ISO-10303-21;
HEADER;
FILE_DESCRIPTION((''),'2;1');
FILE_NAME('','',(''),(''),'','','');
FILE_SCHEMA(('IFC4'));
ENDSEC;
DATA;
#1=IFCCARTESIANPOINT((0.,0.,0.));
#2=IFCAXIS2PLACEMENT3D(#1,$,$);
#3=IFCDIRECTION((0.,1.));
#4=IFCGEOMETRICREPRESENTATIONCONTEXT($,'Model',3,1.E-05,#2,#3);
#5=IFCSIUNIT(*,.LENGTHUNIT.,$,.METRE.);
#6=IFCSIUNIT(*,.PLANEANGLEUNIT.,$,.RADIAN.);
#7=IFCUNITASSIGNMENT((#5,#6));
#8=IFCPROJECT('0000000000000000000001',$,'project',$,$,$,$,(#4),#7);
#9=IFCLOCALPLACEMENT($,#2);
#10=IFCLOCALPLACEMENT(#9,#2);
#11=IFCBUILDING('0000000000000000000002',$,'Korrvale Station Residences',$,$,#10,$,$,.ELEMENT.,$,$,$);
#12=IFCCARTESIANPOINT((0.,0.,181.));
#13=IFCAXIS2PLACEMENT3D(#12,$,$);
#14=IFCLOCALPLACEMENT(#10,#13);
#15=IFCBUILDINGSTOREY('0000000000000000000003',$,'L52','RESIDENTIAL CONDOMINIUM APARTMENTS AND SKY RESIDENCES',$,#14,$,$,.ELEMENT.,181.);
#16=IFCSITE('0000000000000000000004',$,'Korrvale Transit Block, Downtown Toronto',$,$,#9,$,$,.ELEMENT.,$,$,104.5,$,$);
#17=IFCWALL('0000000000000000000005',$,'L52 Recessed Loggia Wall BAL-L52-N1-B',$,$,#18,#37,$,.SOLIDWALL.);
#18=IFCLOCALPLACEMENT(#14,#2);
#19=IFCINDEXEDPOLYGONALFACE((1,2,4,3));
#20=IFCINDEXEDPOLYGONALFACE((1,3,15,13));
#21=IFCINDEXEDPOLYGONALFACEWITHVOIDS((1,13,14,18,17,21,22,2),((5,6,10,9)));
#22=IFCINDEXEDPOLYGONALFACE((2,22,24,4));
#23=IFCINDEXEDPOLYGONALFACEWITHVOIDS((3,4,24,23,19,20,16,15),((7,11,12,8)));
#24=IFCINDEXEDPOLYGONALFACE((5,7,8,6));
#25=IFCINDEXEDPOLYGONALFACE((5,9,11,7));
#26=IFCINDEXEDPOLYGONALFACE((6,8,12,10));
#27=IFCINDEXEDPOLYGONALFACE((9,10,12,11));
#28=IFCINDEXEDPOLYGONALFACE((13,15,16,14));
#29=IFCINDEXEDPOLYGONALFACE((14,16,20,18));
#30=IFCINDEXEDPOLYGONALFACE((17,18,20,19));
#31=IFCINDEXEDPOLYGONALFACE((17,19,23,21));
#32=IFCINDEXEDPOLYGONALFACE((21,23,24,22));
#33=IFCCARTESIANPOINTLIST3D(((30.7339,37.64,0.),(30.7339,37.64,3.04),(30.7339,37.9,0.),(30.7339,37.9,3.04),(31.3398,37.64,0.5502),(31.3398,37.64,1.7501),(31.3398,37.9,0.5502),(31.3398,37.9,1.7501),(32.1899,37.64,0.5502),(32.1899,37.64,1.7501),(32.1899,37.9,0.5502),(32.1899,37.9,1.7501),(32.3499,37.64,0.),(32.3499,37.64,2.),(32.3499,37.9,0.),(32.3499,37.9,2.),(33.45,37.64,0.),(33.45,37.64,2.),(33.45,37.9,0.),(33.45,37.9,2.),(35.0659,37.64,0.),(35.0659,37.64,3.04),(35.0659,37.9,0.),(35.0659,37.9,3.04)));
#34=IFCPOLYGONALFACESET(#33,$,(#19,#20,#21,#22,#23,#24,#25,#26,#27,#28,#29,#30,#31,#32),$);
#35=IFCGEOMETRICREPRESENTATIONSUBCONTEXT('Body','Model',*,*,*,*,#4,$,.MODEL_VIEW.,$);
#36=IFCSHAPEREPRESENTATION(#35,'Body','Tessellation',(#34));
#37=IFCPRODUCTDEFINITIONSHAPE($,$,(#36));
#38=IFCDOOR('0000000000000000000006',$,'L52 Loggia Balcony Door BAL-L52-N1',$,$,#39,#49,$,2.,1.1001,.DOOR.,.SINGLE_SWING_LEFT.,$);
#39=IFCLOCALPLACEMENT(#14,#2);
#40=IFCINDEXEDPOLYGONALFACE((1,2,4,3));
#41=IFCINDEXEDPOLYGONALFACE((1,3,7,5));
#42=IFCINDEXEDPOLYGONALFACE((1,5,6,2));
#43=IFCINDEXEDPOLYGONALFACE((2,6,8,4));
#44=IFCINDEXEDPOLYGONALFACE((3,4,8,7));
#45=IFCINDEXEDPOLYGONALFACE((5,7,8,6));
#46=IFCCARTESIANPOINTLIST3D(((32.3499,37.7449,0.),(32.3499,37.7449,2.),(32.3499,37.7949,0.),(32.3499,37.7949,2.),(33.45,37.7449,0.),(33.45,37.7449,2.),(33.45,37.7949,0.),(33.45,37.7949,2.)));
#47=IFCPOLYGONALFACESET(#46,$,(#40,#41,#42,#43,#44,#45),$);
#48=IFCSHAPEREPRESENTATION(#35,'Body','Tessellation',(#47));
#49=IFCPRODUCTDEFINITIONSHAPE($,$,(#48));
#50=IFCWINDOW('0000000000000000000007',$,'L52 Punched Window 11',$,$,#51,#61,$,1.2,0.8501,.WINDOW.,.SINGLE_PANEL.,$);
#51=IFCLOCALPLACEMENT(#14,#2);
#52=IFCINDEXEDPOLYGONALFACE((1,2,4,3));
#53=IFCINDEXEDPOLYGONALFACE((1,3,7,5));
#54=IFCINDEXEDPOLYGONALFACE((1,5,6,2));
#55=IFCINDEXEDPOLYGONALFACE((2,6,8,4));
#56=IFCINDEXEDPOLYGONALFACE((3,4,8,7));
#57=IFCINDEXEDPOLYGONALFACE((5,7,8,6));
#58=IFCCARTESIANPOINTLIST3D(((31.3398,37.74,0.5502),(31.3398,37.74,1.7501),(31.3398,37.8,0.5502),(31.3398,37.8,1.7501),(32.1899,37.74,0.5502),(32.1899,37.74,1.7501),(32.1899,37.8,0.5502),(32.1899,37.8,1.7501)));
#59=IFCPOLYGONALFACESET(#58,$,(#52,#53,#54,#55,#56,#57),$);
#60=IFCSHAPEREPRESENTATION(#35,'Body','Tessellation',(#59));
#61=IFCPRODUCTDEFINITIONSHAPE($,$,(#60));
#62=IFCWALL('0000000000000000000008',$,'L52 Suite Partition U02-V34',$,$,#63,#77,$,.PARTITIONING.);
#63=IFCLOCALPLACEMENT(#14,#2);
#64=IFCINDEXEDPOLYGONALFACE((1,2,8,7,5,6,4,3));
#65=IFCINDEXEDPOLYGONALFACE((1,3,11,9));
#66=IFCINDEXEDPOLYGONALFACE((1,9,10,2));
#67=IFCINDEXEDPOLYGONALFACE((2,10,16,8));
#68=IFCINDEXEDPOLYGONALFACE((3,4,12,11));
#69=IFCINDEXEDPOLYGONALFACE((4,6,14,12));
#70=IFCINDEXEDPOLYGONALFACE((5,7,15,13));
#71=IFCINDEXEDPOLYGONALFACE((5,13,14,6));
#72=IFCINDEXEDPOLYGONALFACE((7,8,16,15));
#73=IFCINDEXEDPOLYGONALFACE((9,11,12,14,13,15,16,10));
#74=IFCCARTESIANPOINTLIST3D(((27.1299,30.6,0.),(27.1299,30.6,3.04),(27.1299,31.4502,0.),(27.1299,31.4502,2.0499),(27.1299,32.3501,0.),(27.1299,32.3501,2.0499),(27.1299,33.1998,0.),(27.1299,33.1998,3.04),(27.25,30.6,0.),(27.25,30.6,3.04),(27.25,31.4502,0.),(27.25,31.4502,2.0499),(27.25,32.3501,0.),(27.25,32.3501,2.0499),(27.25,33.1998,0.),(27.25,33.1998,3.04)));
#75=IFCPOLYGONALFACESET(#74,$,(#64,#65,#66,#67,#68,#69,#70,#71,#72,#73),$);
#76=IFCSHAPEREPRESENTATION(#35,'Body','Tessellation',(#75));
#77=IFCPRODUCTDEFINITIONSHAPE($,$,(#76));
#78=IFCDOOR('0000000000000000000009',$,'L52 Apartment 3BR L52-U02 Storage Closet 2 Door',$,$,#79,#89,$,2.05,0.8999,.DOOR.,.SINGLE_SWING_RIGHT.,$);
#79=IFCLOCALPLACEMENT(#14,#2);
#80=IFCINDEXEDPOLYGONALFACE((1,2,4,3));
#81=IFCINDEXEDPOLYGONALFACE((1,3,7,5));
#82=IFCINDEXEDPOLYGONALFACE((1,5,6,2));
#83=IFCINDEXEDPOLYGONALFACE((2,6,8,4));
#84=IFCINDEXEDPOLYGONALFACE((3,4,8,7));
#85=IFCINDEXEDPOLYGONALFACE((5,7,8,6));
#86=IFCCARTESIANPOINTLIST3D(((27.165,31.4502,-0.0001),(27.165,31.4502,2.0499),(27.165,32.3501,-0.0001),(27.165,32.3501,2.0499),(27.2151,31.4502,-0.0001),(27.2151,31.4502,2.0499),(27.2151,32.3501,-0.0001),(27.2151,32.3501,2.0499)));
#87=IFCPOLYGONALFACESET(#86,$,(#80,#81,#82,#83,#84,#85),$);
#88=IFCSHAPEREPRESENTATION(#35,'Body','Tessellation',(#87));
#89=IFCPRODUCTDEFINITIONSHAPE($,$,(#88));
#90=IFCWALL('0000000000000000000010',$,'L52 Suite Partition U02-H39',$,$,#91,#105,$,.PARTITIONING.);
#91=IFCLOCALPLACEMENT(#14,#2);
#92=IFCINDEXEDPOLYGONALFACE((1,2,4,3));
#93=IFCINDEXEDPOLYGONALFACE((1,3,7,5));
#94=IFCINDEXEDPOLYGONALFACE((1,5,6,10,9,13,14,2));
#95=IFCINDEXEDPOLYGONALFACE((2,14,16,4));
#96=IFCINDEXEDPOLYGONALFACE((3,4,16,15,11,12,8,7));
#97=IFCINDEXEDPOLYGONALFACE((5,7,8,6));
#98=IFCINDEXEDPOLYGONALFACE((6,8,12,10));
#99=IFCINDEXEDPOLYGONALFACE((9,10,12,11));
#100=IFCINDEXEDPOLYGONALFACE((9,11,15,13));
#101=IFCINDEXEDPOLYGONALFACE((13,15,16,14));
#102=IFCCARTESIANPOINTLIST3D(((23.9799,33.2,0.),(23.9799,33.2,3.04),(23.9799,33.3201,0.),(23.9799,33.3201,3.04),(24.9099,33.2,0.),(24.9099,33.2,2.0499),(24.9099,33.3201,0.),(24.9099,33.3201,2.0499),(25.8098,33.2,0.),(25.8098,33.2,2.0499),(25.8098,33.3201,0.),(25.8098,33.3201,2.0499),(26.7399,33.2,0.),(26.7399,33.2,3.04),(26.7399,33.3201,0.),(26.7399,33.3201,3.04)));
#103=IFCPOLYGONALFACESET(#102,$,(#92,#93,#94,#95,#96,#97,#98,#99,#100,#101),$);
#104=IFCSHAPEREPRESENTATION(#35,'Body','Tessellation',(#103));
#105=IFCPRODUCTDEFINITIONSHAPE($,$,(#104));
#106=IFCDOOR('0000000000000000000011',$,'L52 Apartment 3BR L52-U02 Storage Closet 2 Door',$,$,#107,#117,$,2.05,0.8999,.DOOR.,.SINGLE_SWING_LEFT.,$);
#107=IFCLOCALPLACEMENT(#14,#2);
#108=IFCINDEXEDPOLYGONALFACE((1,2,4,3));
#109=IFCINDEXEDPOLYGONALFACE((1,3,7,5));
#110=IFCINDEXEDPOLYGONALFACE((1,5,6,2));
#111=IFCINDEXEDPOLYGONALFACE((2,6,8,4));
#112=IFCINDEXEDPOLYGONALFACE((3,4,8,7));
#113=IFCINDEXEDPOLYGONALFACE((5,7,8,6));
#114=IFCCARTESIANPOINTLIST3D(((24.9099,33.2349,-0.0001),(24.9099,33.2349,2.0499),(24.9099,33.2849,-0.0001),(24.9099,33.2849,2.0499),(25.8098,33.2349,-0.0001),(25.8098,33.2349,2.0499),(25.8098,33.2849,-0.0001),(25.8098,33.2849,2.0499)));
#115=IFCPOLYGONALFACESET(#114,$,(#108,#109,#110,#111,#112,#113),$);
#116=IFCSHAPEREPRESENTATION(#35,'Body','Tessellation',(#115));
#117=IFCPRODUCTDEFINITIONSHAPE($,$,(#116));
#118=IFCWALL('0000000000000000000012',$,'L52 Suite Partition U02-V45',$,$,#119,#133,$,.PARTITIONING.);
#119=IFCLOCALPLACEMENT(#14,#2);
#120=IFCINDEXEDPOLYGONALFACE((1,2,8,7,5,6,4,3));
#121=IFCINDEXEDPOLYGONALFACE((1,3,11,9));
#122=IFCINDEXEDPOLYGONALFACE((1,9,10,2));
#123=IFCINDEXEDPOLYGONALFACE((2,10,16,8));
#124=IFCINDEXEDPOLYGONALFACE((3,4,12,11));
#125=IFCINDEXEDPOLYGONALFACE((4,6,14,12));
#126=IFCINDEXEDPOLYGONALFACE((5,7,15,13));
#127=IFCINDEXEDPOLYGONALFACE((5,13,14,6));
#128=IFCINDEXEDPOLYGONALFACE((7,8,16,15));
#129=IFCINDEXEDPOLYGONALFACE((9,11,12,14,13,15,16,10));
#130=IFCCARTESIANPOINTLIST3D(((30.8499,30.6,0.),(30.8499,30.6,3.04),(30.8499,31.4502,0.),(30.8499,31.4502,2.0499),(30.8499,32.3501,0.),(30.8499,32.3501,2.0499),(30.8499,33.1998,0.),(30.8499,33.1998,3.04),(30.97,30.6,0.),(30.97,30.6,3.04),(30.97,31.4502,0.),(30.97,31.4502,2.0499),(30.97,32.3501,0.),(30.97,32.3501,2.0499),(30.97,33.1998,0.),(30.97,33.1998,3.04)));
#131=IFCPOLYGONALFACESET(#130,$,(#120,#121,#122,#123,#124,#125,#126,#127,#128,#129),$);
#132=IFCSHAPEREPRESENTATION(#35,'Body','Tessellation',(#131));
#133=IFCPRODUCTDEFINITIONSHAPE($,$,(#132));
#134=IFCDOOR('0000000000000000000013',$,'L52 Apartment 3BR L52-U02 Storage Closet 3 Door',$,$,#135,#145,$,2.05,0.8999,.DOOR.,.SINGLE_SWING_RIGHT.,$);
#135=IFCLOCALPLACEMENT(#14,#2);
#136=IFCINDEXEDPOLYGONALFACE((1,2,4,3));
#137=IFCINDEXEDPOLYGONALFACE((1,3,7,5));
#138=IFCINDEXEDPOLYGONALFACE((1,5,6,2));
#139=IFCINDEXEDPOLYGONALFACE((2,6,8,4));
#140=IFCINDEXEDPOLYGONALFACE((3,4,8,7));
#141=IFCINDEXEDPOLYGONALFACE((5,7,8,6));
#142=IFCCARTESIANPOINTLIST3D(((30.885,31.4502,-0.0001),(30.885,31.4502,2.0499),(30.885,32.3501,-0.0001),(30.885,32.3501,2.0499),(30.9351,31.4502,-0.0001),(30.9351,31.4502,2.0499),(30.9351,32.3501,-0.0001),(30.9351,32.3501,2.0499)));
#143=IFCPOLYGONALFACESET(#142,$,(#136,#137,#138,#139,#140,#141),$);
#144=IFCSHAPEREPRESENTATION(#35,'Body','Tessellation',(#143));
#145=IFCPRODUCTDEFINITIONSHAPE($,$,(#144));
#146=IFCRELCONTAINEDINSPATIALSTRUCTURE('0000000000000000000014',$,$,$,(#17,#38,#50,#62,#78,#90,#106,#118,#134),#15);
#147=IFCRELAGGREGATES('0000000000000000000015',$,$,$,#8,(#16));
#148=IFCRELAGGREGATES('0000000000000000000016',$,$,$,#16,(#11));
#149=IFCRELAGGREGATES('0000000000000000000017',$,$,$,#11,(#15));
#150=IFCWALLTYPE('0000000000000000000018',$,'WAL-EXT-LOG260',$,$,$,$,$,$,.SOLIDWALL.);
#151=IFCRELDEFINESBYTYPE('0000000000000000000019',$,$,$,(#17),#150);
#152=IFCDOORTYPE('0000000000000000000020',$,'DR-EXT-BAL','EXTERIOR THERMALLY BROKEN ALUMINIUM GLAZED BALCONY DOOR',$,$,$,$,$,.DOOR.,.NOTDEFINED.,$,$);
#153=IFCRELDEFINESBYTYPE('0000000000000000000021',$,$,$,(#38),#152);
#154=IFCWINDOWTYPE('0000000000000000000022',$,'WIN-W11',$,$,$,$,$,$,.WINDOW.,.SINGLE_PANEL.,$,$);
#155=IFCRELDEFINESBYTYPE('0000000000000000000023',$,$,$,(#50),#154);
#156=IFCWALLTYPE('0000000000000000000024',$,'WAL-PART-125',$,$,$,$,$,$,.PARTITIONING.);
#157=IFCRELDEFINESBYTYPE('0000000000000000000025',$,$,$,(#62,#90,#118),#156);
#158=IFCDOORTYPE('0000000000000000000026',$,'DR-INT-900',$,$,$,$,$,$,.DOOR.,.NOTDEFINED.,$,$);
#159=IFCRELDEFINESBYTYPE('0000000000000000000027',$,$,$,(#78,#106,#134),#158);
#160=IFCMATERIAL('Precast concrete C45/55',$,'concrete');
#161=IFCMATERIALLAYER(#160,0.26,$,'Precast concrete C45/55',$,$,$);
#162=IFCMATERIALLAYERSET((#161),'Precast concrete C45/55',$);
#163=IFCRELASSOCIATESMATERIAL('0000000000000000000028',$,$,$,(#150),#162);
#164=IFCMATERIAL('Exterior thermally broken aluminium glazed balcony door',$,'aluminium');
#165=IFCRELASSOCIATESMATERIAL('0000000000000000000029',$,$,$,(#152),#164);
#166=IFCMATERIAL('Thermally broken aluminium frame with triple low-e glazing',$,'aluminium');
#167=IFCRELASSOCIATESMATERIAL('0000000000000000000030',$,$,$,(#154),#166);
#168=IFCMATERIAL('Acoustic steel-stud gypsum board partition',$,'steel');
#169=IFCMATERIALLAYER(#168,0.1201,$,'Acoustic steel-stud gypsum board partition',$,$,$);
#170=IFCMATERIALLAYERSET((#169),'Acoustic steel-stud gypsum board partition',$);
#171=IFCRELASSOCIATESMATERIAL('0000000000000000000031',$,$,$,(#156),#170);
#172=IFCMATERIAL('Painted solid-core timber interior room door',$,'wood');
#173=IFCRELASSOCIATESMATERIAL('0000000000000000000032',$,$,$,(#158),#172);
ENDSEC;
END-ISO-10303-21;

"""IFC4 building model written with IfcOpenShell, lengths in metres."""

from ifc_helpers import new_model, si_unit, direction, frame, frame_2d, origin, place, context, subcontext, project, spatial, rectangle, extrude, material, layer, layer_set, type_object, element, fill, save


model = new_model("IFC4")

# Units and contexts
model_context = context("Model", 3, precision=1e-05, world=origin(), true_north=direction((0.0, 1.0)))
body_context = subcontext(model_context, "Body", "Model", "MODEL_VIEW")
ifc_project = project(units=[si_unit("LENGTHUNIT", "METRE"), si_unit("PLANEANGLEUNIT", "RADIAN")], contexts=[model_context])

# Site, building, storey
site_placement = place(None, origin())
site = spatial("IfcSite", under=ifc_project, at=site_placement, Name="Korrvale Transit Block, Downtown Toronto", CompositionType="ELEMENT", RefElevation=104.5)
building_placement = place(site_placement, origin())
building = spatial("IfcBuilding", under=site, at=building_placement, Name="Korrvale Station Residences", CompositionType="ELEMENT")
storey_placement = place(building_placement, frame((0.0, 0.0, 181.0)))
storey = spatial("IfcBuildingStorey", under=building, at=storey_placement, Name="L52", Description="RESIDENTIAL CONDOMINIUM APARTMENTS AND SKY RESIDENCES", CompositionType="ELEMENT", Elevation=181.0)

# Shared definitions
ifc_material_1 = material(Name="Precast concrete C45/55", Category="concrete")
ifc_layer_1 = layer(ifc_material_1, 0.26, Name="Precast concrete C45/55")
ifc_layer_set_1 = layer_set([ifc_layer_1], Name="Precast concrete C45/55")
wall_type_1 = type_object("IfcWallType", Name="WAL-EXT-LOG260", PredefinedType="SOLIDWALL", material=ifc_layer_set_1)

# Wall, openings, door, window
wall_1_placement = place(storey_placement, frame((30.7339, 37.77, 0.0), z_axis=(0.0, 0.0, 1.0), x_axis=(1.0, 0.0, 0.0)))
wall_1 = element("IfcWall", 1, at=wall_1_placement, inside=storey, type_object=wall_type_1, Name="L52 Recessed Loggia Wall BAL-L52-N1-B", PredefinedType="SOLIDWALL", context=body_context, shape_type="SweptSolid", body=[
    extrude(rectangle(XDim=4.332, YDim=0.26, at=frame_2d((2.166, 0.0))), origin(), (0.0, 0.0, 1.0), 3.04),
])
opening_1_placement = place(wall_1_placement, frame((1.616, 0.0, 0.0)))
opening_1 = element("IfcOpeningElement", 2, at=opening_1_placement, cuts=wall_1, PredefinedType="OPENING", context=body_context, shape_type="SweptSolid", body=[
    extrude(rectangle(XDim=1.1001, YDim=2.0, at=frame_2d((0.55, 1.0))), frame((0.0, 0.1401, 0.0), z_axis=(0.0, -1.0, 0.0), x_axis=(1.0, 0.0, 0.0)), (0.0, 0.0, 1.0), 0.28),
])
opening_2_placement = place(wall_1_placement, frame((0.606, 0.0, 0.55)))
opening_2 = element("IfcOpeningElement", 3, at=opening_2_placement, cuts=wall_1, PredefinedType="OPENING", context=body_context, shape_type="SweptSolid", body=[
    extrude(rectangle(XDim=0.8501, YDim=1.2, at=frame_2d((0.425, 0.6001))), frame((0.0, 0.1401, 0.0), z_axis=(0.0, -1.0, 0.0), x_axis=(1.0, 0.0, 0.0)), (0.0, 0.0, 1.0), 0.28),
])
ifc_material_2 = material(Name="Exterior thermally broken aluminium glazed balcony door", Category="aluminium")
door_type_1 = type_object("IfcDoorType", Name="DR-EXT-BAL", Description="EXTERIOR THERMALLY BROKEN ALUMINIUM GLAZED BALCONY DOOR", OperationType="NOTDEFINED", PredefinedType="DOOR", material=ifc_material_2)
door_1_placement = place(opening_1_placement, origin())
door_1 = element("IfcDoor", 4, at=door_1_placement, inside=storey, type_object=door_type_1, Name="L52 Loggia Balcony Door BAL-L52-N1", OperationType="SINGLE_SWING_LEFT", OverallHeight=2.0, OverallWidth=1.1001, PredefinedType="DOOR", context=body_context, shape_type="SweptSolid", body=[
    extrude(rectangle(XDim=1.1001, YDim=2.0, at=frame_2d((0.55, 1.0))), frame((0.0, 0.0249, 0.0), z_axis=(0.0, -1.0, 0.0), x_axis=(1.0, 0.0, 0.0)), (0.0, 0.0, 1.0), 0.05),
])
fill(opening_1, door_1)
ifc_material_3 = material(Name="Thermally broken aluminium frame with triple low-e glazing", Category="aluminium")
window_type = type_object("IfcWindowType", Name="WIN-W11", PartitioningType="SINGLE_PANEL", PredefinedType="WINDOW", material=ifc_material_3)
window_placement = place(opening_2_placement, origin())
window = element("IfcWindow", 5, at=window_placement, inside=storey, type_object=window_type, Name="L52 Punched Window 11", OverallHeight=1.2, OverallWidth=0.8501, PartitioningType="SINGLE_PANEL", PredefinedType="WINDOW", context=body_context, shape_type="SweptSolid", body=[
    extrude(rectangle(XDim=0.8501, YDim=1.2, at=frame_2d((0.425, 0.6001))), frame((0.0, 0.03, 0.0), z_axis=(0.0, -1.0, 0.0), x_axis=(1.0, 0.0, 0.0)), (0.0, 0.0, 1.0), 0.0601),
])
fill(opening_2, window)

# Walls, openings, doors
ifc_material_4 = material(Name="Acoustic steel-stud gypsum board partition", Category="steel")
ifc_layer_2 = layer(ifc_material_4, 0.1201, Name="Acoustic steel-stud gypsum board partition")
ifc_layer_set_2 = layer_set([ifc_layer_2], Name="Acoustic steel-stud gypsum board partition")
wall_type_2 = type_object("IfcWallType", Name="WAL-PART-125", PredefinedType="PARTITIONING", material=ifc_layer_set_2)
wall_2_placement = place(storey_placement, frame((27.1899, 30.6001, 0.0), z_axis=(0.0, 0.0, 1.0), x_axis=(0.0, 1.0, 0.0)))
wall_2 = element("IfcWall", 6, at=wall_2_placement, inside=storey, type_object=wall_type_2, Name="L52 Suite Partition U02-V34", PredefinedType="PARTITIONING", context=body_context, shape_type="SweptSolid", body=[
    extrude(rectangle(XDim=2.5999, YDim=0.1201, at=frame_2d((1.2998, 0.0))), origin(), (0.0, 0.0, 1.0), 3.04),
])
opening_3_placement = place(wall_2_placement, frame((0.8501, 0.0, 0.0)))
opening_3 = element("IfcOpeningElement", 7, at=opening_3_placement, cuts=wall_2, PredefinedType="OPENING", context=body_context, shape_type="SweptSolid", body=[
    extrude(rectangle(XDim=0.8999, YDim=2.05, at=frame_2d((0.45, 1.0249))), frame((0.0, 0.0701, 0.0), z_axis=(0.0, -1.0, 0.0), x_axis=(1.0, 0.0, 0.0)), (0.0, 0.0, 1.0), 0.1401),
])
ifc_material_5 = material(Name="Painted solid-core timber interior room door", Category="wood")
door_type_2 = type_object("IfcDoorType", Name="DR-INT-900", OperationType="NOTDEFINED", PredefinedType="DOOR", material=ifc_material_5)
door_2_placement = place(opening_3_placement, origin())
door_2 = element("IfcDoor", 8, at=door_2_placement, inside=storey, type_object=door_type_2, Name="L52 Apartment 3BR L52-U02 Storage Closet 2 Door", OperationType="SINGLE_SWING_RIGHT", OverallHeight=2.05, OverallWidth=0.8999, PredefinedType="DOOR", context=body_context, shape_type="SweptSolid", body=[
    extrude(rectangle(XDim=0.8999, YDim=2.05, at=frame_2d((0.45, 1.0249))), frame((0.0, 0.0249, 0.0), z_axis=(0.0, -1.0, 0.0), x_axis=(1.0, 0.0, 0.0)), (0.0, 0.0, 1.0), 0.05),
])
fill(opening_3, door_2)
wall_3_placement = place(storey_placement, frame((23.98, 33.26, 0.0), z_axis=(0.0, 0.0, 1.0), x_axis=(1.0, 0.0, 0.0)))
wall_3 = element("IfcWall", 9, at=wall_3_placement, inside=storey, type_object=wall_type_2, Name="L52 Suite Partition U02-H39", PredefinedType="PARTITIONING", context=body_context, shape_type="SweptSolid", body=[
    extrude(rectangle(XDim=2.76, YDim=0.1201, at=frame_2d((1.3799, 0.0))), origin(), (0.0, 0.0, 1.0), 3.04),
])
opening_4_placement = place(wall_3_placement, frame((0.9299, 0.0, 0.0)))
opening_4 = element("IfcOpeningElement", 10, at=opening_4_placement, cuts=wall_3, PredefinedType="OPENING", context=body_context, shape_type="SweptSolid", body=[
    extrude(rectangle(XDim=0.8999, YDim=2.05, at=frame_2d((0.45, 1.0249))), frame((0.0, 0.0701, 0.0), z_axis=(0.0, -1.0, 0.0), x_axis=(1.0, 0.0, 0.0)), (0.0, 0.0, 1.0), 0.1401),
])
door_3_placement = place(opening_4_placement, origin())
door_3 = element("IfcDoor", 11, at=door_3_placement, inside=storey, type_object=door_type_2, Name="L52 Apartment 3BR L52-U02 Storage Closet 2 Door", OperationType="SINGLE_SWING_LEFT", OverallHeight=2.05, OverallWidth=0.8999, PredefinedType="DOOR", context=body_context, shape_type="SweptSolid", body=[
    extrude(rectangle(XDim=0.8999, YDim=2.05, at=frame_2d((0.45, 1.0249))), frame((0.0, 0.0249, 0.0), z_axis=(0.0, -1.0, 0.0), x_axis=(1.0, 0.0, 0.0)), (0.0, 0.0, 1.0), 0.05),
])
fill(opening_4, door_3)
wall_4_placement = place(storey_placement, frame((30.9099, 30.6001, 0.0), z_axis=(0.0, 0.0, 1.0), x_axis=(0.0, 1.0, 0.0)))
wall_4 = element("IfcWall", 12, at=wall_4_placement, inside=storey, type_object=wall_type_2, Name="L52 Suite Partition U02-V45", PredefinedType="PARTITIONING", context=body_context, shape_type="SweptSolid", body=[
    extrude(rectangle(XDim=2.5999, YDim=0.1201, at=frame_2d((1.2998, 0.0))), origin(), (0.0, 0.0, 1.0), 3.04),
])
opening_5_placement = place(wall_4_placement, frame((0.8501, 0.0, 0.0)))
opening_5 = element("IfcOpeningElement", 13, at=opening_5_placement, cuts=wall_4, PredefinedType="OPENING", context=body_context, shape_type="SweptSolid", body=[
    extrude(rectangle(XDim=0.8999, YDim=2.05, at=frame_2d((0.45, 1.0249))), frame((0.0, 0.0701, 0.0), z_axis=(0.0, -1.0, 0.0), x_axis=(1.0, 0.0, 0.0)), (0.0, 0.0, 1.0), 0.1401),
])
door_4_placement = place(opening_5_placement, origin())
door_4 = element("IfcDoor", 14, at=door_4_placement, inside=storey, type_object=door_type_2, Name="L52 Apartment 3BR L52-U02 Storage Closet 3 Door", OperationType="SINGLE_SWING_RIGHT", OverallHeight=2.05, OverallWidth=0.8999, PredefinedType="DOOR", context=body_context, shape_type="SweptSolid", body=[
    extrude(rectangle(XDim=0.8999, YDim=2.05, at=frame_2d((0.45, 1.0249))), frame((0.0, 0.0249, 0.0), z_axis=(0.0, -1.0, 0.0), x_axis=(1.0, 0.0, 0.0)), (0.0, 0.0, 1.0), 0.05),
])
fill(opening_5, door_4)

save(model, "model.ifc")
